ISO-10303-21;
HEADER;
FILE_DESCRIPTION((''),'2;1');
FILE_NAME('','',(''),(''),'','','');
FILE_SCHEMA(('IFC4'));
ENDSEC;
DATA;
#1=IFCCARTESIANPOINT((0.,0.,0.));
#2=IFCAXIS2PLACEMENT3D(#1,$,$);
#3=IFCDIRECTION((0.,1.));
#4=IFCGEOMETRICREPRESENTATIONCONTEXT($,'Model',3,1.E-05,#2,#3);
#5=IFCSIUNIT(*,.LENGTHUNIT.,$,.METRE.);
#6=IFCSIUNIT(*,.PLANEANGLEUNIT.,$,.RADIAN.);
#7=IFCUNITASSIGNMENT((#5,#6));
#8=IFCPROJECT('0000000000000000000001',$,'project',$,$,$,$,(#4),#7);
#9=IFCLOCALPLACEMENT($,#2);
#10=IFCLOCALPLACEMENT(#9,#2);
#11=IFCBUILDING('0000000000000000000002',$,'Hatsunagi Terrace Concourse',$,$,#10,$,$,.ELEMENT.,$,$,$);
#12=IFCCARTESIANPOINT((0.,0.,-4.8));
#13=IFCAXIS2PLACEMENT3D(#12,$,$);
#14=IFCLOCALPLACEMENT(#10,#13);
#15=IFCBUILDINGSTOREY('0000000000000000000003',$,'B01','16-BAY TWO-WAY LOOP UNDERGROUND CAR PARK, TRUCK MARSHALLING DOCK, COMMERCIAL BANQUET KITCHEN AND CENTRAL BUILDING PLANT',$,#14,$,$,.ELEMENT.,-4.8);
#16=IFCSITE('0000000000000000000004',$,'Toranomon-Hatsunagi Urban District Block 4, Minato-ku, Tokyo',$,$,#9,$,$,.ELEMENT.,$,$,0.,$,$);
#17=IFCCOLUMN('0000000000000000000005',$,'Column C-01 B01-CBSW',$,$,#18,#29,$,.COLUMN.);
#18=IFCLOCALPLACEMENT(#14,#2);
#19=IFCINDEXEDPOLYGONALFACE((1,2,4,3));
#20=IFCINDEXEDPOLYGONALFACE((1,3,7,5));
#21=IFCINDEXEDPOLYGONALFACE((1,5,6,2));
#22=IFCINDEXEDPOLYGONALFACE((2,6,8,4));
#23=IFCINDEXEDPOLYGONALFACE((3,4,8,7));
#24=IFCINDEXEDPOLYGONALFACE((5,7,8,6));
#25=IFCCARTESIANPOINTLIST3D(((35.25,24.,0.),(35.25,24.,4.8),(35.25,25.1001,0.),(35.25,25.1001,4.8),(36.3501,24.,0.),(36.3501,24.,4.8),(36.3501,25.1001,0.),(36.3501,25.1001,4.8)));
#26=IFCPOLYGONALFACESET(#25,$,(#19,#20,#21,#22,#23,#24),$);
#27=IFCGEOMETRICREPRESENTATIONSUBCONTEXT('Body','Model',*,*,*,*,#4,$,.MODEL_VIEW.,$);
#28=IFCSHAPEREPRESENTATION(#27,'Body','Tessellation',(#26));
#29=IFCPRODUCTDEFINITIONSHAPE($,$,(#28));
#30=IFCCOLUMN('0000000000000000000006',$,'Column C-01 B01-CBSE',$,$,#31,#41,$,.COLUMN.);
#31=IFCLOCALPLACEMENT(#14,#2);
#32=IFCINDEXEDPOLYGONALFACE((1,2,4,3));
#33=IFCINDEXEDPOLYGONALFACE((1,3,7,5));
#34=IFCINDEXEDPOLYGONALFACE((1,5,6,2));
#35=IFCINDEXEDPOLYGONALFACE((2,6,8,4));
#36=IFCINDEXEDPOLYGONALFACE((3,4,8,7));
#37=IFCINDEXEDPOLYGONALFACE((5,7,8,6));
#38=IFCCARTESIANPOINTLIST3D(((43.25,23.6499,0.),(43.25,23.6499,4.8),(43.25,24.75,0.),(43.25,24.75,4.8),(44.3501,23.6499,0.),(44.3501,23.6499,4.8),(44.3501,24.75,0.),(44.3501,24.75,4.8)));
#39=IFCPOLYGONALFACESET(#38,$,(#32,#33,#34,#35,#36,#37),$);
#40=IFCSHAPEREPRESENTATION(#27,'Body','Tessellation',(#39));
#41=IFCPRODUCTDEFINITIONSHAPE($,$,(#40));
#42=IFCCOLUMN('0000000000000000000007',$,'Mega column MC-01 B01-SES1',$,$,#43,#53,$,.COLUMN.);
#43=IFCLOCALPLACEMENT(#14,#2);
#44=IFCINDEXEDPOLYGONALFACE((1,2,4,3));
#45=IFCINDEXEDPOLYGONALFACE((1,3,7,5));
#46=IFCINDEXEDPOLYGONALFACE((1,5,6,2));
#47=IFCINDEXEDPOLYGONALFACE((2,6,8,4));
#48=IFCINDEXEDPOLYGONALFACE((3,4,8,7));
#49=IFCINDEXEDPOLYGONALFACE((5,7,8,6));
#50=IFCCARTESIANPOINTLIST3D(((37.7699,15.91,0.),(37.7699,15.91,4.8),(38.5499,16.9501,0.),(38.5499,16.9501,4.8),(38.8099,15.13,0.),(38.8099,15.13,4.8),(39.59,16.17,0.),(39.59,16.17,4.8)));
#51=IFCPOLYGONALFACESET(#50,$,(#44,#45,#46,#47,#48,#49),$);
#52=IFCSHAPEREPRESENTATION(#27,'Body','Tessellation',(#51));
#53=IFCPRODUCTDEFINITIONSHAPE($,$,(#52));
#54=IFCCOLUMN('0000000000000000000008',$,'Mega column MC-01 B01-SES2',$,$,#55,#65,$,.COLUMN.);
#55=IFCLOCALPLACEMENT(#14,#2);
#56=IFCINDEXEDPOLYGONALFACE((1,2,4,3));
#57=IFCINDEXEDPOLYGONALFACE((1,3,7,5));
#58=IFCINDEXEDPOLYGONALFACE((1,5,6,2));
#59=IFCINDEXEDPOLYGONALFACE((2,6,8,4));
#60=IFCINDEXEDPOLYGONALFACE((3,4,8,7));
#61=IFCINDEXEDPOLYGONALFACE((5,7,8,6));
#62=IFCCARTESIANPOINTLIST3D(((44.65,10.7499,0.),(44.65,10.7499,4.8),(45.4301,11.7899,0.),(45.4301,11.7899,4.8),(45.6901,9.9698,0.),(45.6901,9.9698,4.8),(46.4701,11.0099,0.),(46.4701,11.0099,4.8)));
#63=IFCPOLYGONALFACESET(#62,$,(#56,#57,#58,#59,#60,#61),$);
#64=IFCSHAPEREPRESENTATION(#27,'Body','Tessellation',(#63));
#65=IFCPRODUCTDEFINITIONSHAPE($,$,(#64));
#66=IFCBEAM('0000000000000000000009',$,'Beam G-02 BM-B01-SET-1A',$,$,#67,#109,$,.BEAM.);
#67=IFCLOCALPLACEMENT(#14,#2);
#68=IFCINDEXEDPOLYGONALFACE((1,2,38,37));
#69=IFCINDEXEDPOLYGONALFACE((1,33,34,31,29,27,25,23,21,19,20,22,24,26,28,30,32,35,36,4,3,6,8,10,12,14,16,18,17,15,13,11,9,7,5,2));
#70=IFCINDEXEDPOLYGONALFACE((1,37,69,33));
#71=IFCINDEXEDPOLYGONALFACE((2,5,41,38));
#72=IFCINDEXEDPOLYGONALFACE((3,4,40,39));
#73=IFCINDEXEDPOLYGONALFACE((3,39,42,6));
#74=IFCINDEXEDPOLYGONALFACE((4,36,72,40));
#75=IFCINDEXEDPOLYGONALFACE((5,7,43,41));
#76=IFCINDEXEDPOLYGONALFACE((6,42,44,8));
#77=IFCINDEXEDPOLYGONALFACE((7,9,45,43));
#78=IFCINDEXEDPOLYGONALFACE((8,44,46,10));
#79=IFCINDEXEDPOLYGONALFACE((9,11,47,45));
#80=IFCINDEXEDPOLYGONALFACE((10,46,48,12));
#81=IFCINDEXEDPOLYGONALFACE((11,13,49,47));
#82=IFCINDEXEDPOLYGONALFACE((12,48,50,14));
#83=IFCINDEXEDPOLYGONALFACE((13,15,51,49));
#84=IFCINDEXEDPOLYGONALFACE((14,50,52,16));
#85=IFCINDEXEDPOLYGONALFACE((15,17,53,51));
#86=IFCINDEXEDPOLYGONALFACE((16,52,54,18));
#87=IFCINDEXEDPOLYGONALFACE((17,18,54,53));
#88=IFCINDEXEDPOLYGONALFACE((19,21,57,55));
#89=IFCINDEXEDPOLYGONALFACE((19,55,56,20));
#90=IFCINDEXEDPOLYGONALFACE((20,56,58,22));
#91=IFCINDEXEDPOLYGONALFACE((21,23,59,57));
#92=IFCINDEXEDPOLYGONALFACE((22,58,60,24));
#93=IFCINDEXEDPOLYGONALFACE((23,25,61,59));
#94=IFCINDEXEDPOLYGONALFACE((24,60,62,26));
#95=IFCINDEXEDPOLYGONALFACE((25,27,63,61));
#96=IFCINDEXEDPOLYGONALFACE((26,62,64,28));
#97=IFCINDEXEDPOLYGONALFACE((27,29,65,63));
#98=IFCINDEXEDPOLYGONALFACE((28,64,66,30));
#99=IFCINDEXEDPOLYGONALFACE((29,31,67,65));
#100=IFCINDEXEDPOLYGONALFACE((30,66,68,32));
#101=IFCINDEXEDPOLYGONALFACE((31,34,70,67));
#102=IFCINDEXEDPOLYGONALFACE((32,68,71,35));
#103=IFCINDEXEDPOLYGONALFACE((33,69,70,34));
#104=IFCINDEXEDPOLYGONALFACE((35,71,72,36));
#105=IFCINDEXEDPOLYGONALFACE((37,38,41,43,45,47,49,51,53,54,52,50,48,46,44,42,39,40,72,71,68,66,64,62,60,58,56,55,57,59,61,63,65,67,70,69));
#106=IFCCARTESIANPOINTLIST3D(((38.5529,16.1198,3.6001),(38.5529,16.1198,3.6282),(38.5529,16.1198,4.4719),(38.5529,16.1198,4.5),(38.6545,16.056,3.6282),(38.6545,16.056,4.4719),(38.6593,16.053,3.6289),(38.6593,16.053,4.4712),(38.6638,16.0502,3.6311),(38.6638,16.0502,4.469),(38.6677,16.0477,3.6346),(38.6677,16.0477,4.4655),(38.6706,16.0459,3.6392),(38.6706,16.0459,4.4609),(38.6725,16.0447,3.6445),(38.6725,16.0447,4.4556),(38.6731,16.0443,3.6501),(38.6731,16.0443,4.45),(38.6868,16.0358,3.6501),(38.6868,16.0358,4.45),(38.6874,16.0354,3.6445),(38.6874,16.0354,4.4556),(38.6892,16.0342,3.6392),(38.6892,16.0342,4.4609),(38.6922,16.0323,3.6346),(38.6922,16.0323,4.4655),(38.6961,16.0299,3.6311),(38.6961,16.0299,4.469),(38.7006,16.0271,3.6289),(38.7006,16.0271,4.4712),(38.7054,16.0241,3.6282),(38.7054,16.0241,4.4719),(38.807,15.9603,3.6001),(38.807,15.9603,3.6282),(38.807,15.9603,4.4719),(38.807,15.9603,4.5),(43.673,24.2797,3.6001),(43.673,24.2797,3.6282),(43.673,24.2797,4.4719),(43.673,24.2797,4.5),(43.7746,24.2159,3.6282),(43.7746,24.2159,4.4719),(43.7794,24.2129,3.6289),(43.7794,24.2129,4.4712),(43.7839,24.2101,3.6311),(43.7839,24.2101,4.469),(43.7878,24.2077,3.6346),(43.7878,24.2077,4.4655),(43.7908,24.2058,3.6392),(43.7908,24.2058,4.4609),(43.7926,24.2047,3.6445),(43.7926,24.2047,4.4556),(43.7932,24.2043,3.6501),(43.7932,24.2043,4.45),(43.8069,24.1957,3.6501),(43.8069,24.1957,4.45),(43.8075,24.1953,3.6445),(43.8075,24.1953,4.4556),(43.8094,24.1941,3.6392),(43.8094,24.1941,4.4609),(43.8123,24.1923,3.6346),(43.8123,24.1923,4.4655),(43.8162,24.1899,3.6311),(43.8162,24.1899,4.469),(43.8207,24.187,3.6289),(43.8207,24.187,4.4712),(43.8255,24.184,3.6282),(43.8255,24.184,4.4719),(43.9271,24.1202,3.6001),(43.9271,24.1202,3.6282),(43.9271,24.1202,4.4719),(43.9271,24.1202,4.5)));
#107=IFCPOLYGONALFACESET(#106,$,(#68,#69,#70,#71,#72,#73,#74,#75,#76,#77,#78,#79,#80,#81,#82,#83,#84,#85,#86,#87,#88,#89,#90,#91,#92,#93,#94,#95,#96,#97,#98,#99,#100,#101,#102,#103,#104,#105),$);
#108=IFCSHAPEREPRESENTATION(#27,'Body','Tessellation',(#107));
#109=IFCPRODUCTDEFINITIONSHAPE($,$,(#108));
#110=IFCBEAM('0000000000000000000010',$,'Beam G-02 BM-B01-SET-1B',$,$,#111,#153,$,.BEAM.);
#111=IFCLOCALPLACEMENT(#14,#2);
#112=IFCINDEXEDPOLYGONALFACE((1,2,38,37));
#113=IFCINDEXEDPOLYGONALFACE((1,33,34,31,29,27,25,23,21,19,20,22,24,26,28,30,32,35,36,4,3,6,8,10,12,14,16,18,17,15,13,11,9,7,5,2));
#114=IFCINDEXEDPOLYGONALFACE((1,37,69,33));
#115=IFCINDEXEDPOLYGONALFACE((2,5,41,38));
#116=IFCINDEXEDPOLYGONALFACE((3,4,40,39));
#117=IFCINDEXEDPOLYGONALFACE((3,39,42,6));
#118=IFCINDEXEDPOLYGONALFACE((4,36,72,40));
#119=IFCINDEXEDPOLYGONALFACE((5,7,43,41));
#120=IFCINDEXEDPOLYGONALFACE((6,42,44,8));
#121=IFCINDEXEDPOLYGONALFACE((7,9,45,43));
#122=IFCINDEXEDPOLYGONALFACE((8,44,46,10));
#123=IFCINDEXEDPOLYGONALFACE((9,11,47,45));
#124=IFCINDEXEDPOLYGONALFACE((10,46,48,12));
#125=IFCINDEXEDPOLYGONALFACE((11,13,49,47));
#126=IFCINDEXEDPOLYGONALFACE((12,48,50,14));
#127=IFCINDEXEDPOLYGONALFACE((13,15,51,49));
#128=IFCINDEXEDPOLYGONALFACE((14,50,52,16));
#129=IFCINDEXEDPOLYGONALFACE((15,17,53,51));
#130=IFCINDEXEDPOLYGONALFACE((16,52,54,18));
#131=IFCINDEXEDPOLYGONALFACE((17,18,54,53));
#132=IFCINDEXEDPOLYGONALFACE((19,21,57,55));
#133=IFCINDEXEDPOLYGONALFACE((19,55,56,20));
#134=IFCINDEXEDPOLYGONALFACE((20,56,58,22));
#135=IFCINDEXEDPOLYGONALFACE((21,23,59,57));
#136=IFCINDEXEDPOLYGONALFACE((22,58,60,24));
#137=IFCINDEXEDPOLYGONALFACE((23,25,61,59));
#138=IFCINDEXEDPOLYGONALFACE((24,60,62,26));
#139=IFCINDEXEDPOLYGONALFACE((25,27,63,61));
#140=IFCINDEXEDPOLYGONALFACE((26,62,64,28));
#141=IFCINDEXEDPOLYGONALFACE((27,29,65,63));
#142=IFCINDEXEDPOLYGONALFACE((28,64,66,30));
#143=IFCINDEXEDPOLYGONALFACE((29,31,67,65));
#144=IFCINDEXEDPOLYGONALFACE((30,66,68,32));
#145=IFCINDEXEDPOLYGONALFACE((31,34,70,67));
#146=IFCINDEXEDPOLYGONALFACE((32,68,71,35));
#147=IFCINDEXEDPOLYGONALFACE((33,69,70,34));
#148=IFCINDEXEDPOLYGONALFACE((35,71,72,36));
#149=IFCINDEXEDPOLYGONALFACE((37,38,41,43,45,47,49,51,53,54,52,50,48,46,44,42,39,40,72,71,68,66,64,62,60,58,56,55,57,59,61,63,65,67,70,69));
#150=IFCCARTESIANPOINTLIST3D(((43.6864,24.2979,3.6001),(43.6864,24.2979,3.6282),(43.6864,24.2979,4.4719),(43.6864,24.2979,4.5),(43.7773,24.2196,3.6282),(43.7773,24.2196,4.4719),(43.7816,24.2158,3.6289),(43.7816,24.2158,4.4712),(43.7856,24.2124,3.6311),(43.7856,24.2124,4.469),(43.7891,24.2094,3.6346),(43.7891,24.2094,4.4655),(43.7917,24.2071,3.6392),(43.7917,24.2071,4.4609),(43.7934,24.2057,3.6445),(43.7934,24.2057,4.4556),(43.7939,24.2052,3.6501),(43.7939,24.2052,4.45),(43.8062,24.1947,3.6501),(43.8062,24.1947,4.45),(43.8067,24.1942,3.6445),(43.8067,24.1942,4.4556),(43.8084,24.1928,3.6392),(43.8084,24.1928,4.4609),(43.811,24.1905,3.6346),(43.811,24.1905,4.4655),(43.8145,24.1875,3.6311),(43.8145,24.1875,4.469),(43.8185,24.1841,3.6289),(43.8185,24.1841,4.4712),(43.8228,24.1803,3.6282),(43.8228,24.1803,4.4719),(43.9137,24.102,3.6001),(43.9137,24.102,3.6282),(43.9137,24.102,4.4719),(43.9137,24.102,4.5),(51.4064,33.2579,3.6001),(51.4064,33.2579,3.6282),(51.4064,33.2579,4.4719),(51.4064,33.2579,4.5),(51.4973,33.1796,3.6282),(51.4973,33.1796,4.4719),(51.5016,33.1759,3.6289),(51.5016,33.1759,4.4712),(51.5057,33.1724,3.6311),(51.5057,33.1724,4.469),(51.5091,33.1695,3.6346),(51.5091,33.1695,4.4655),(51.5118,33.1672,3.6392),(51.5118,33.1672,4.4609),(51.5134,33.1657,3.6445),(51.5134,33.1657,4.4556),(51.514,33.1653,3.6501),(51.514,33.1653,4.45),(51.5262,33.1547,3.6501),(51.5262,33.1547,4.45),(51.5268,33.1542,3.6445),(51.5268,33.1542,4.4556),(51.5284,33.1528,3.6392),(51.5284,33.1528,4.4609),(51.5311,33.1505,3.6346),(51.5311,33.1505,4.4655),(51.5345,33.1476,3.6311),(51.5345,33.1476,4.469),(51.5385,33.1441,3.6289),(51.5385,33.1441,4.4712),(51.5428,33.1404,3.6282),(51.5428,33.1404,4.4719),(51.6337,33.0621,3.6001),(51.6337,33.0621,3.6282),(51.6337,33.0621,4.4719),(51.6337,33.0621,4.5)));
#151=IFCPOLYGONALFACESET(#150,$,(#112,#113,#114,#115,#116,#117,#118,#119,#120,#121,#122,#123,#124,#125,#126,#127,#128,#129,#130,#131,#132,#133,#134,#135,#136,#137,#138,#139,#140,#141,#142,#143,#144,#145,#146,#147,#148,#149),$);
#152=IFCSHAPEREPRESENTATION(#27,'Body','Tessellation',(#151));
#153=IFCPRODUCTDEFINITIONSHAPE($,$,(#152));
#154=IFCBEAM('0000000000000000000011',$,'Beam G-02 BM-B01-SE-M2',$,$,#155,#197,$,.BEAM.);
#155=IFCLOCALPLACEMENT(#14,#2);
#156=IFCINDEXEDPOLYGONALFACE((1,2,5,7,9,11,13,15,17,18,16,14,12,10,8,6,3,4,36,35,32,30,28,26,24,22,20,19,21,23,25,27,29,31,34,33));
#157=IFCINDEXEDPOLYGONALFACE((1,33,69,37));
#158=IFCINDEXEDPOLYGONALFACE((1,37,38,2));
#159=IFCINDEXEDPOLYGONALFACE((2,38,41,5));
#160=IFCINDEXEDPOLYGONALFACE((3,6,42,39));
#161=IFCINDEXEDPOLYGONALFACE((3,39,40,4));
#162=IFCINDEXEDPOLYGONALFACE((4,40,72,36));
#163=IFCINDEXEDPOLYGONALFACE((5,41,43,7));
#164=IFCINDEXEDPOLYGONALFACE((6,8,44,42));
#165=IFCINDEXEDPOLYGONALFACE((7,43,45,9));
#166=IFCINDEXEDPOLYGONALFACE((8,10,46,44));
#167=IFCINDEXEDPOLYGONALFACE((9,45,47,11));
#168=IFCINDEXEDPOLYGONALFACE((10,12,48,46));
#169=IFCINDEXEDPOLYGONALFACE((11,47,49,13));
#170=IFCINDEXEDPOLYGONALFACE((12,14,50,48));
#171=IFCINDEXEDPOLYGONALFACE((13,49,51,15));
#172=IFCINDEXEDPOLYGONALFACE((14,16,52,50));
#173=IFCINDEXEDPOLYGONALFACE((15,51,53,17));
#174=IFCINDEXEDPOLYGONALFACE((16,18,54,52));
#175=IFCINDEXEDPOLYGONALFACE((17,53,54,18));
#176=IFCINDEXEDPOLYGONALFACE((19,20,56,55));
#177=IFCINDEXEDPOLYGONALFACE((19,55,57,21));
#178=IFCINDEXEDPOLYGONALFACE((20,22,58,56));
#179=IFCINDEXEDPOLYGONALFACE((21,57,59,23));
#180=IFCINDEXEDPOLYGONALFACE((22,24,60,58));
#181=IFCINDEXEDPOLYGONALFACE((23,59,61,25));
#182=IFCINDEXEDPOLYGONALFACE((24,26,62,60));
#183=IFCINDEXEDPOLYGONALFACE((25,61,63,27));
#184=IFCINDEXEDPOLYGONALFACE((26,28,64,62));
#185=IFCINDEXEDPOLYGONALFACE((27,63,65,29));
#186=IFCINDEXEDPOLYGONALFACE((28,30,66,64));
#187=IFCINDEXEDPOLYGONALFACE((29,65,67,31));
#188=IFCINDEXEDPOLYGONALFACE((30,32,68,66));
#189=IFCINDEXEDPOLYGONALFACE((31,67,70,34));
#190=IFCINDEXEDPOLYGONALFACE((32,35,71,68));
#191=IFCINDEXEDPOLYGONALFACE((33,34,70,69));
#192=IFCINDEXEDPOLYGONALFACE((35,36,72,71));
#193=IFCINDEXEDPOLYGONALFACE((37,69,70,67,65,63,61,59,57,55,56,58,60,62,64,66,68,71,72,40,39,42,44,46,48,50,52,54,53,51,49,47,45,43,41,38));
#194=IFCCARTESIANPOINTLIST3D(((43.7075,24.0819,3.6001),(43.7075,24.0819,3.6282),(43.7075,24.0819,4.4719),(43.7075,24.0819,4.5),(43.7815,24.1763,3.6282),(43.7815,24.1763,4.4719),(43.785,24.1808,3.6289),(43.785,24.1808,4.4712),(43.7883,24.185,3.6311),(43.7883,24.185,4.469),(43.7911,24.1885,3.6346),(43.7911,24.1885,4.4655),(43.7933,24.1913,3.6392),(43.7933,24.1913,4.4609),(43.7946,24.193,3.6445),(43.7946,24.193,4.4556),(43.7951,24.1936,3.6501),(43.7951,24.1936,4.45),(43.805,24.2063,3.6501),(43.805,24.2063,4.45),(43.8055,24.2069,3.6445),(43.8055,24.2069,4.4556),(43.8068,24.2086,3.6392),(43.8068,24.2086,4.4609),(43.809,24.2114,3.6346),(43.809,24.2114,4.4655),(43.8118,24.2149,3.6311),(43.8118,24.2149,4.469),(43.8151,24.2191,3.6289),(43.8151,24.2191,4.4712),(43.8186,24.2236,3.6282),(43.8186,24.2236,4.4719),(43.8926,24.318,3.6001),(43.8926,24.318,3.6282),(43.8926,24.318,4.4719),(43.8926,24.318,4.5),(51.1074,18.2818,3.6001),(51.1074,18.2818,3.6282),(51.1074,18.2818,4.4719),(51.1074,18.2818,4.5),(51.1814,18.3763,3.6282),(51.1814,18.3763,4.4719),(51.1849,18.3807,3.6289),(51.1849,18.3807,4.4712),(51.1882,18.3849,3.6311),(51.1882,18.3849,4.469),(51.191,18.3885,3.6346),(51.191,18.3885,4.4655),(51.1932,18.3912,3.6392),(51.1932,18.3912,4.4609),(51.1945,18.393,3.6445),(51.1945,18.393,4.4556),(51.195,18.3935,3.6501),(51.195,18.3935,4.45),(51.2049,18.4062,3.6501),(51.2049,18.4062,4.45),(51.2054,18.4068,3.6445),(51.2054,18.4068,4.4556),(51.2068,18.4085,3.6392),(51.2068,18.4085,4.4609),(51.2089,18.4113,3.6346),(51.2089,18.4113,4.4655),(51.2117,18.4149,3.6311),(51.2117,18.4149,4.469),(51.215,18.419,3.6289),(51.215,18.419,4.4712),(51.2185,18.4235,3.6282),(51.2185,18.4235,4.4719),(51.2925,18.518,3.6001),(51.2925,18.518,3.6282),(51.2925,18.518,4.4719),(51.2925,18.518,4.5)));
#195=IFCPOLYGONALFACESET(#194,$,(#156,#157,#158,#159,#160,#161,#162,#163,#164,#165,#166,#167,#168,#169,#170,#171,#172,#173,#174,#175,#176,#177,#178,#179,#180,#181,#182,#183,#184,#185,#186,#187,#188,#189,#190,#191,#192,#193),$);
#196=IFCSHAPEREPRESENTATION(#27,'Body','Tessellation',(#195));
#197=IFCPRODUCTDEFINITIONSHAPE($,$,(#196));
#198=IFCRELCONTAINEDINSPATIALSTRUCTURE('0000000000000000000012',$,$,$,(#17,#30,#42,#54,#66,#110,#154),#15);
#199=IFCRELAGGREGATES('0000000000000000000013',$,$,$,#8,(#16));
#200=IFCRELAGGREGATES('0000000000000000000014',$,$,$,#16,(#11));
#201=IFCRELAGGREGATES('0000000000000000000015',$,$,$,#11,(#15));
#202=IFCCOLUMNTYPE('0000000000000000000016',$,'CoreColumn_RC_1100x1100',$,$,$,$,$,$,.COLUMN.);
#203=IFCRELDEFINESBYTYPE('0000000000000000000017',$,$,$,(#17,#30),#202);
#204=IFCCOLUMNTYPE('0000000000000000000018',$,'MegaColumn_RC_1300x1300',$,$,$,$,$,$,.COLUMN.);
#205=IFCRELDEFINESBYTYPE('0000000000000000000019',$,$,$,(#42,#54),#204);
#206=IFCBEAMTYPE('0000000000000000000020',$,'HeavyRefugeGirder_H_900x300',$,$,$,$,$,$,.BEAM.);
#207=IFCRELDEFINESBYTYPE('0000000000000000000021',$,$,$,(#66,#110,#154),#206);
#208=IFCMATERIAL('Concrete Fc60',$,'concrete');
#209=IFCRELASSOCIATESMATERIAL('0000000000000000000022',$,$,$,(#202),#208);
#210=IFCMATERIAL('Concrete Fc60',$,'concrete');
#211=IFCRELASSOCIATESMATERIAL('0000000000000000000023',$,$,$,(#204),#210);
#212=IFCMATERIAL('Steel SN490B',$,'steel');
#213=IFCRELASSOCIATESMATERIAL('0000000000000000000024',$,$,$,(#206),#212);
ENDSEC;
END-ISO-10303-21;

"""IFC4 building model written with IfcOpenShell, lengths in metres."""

from ifc_helpers import new_model, si_unit, direction, frame, origin, origin_2d, place, context, subcontext, project, spatial, rectangle, i_section, extrude, material, material_profile, profile_set, type_object, element, save


model = new_model("IFC4")

# Units and contexts
model_context = context("Model", 3, precision=1e-05, world=origin(), true_north=direction((0.0, 1.0)))
body_context = subcontext(model_context, "Body", "Model", "MODEL_VIEW")
ifc_project = project(units=[si_unit("LENGTHUNIT", "METRE"), si_unit("PLANEANGLEUNIT", "RADIAN")], contexts=[model_context])

# Site, building, storey
site_placement = place(None, origin())
site = spatial("IfcSite", under=ifc_project, at=site_placement, Name="Toranomon-Hatsunagi Urban District Block 4, Minato-ku, Tokyo", CompositionType="ELEMENT", RefElevation=0.0)
building_placement = place(site_placement, origin())
building = spatial("IfcBuilding", under=site, at=building_placement, Name="Hatsunagi Terrace Concourse", CompositionType="ELEMENT")
storey_placement = place(building_placement, frame((0.0, 0.0, -4.8)))
storey = spatial("IfcBuildingStorey", under=building, at=storey_placement, Name="B01", Description="16-BAY TWO-WAY LOOP UNDERGROUND CAR PARK, TRUCK MARSHALLING DOCK, COMMERCIAL BANQUET KITCHEN AND CENTRAL BUILDING PLANT", CompositionType="ELEMENT", Elevation=-4.8)

# Columns
ifc_material_1 = material(Name="Concrete Fc60", Category="concrete")
ifc_material_profile_1 = material_profile(ifc_material_1, rectangle(XDim=1.1001, YDim=1.1001, at=origin_2d()), Name="RC-1100x1100")
ifc_profile_set_1 = profile_set([ifc_material_profile_1], Name="Concrete Fc60")
column_type_1 = type_object("IfcColumnType", Name="CoreColumn_RC_1100x1100", PredefinedType="COLUMN", material=ifc_profile_set_1)
for number, where, z_axis, x_axis, name in (
    (1, (35.8, 24.55, 0.0), (0.0, 0.0, 1.0), (1.0, 0.0, 0.0), "Column C-01 B01-CBSW"),
    (2, (43.8, 24.2, 0.0), (0.0, 0.0, 1.0), (1.0, 0.0, 0.0), "Column C-01 B01-CBSE"),
):
    element("IfcColumn", number, at=place(storey_placement, frame(where, z_axis=z_axis, x_axis=x_axis)), inside=storey, type_object=column_type_1, Name=name, PredefinedType="COLUMN", context=body_context, shape_type="SweptSolid", body=[
        extrude(rectangle(XDim=1.1001, YDim=1.1001, at=origin_2d()), origin(), (0.0, 0.0, 1.0), 4.8),
    ])
ifc_material_2 = material(Name="Concrete Fc60", Category="concrete")
ifc_material_profile_2 = material_profile(ifc_material_2, rectangle(XDim=1.3, YDim=1.3, at=origin_2d()), Name="RC-1300x1300")
ifc_profile_set_2 = profile_set([ifc_material_profile_2], Name="Concrete Fc60")
column_type_2 = type_object("IfcColumnType", Name="MegaColumn_RC_1300x1300", PredefinedType="COLUMN", material=ifc_profile_set_2)
for number, where, z_axis, x_axis, name in (
    (3, (38.6799, 16.04, 0.0), (0.0, 0.0, 1.0), (0.8, -0.6, 0.0), "Mega column MC-01 B01-SES1"),
    (4, (45.5601, 10.8799, 0.0), (0.0, 0.0, 1.0), (0.8, -0.6, 0.0), "Mega column MC-01 B01-SES2"),
):
    element("IfcColumn", number, at=place(storey_placement, frame(where, z_axis=z_axis, x_axis=x_axis)), inside=storey, type_object=column_type_2, Name=name, PredefinedType="COLUMN", context=body_context, shape_type="SweptSolid", body=[
        extrude(rectangle(XDim=1.3, YDim=1.3, at=origin_2d()), origin(), (0.0, 0.0, 1.0), 4.8),
    ])

# Beams
ifc_material_3 = material(Name="Steel SN490B", Category="steel")
ifc_material_profile_3 = material_profile(ifc_material_3, i_section(OverallWidth=0.3, OverallDepth=0.8999, WebThickness=0.0161, FlangeThickness=0.0281, FilletRadius=0.022, at=origin_2d()), Name="H-900x300x16x28")
ifc_profile_set_3 = profile_set([ifc_material_profile_3], Name="Steel SN490B")
beam_type_1 = type_object("IfcBeamType", Name="HeavyRefugeGirder_H_900x300", PredefinedType="BEAM", material=ifc_profile_set_3)
beam_1_placement = place(storey_placement, frame((38.6799, 16.04, 4.05), z_axis=(0.531504, 0.847056, 0.0), x_axis=(-0.847056, 0.531504, 0.0)))
element("IfcBeam", 5, at=beam_1_placement, inside=storey, type_object=beam_type_1, Name="Beam G-02 BM-B01-SET-1A", PredefinedType="BEAM", context=body_context, shape_type="SweptSolid", body=[
    extrude(i_section(OverallWidth=0.3, OverallDepth=0.8999, WebThickness=0.0161, FlangeThickness=0.0281, FilletRadius=0.022, at=origin_2d()), origin(), (0.0, 0.0, 1.0), 9.6333),
])
beam_2_placement = place(storey_placement, frame((43.8, 24.2, 4.05), z_axis=(0.652739, 0.757583, 0.0), x_axis=(-0.757583, 0.652739, 0.0)))
element("IfcBeam", 6, at=beam_2_placement, inside=storey, type_object=beam_type_1, Name="Beam G-02 BM-B01-SET-1B", PredefinedType="BEAM", context=body_context, shape_type="SweptSolid", body=[
    extrude(i_section(OverallWidth=0.3, OverallDepth=0.8999, WebThickness=0.0161, FlangeThickness=0.0281, FilletRadius=0.022, at=origin_2d()), origin(), (0.0, 0.0, 1.0), 11.8271),
])
beam_3_placement = place(storey_placement, frame((43.8, 24.2, 4.05), z_axis=(0.787049, -0.61689, 0.0), x_axis=(0.61689, 0.787049, 0.0)))
element("IfcBeam", 7, at=beam_3_placement, inside=storey, type_object=beam_type_1, Name="Beam G-02 BM-B01-SE-M2", PredefinedType="BEAM", context=body_context, shape_type="SweptSolid", body=[
    extrude(i_section(OverallWidth=0.3, OverallDepth=0.8999, WebThickness=0.0161, FlangeThickness=0.0281, FilletRadius=0.022, at=origin_2d()), origin(), (0.0, 0.0, 1.0), 9.4021),
])

save(model, "model.ifc")
